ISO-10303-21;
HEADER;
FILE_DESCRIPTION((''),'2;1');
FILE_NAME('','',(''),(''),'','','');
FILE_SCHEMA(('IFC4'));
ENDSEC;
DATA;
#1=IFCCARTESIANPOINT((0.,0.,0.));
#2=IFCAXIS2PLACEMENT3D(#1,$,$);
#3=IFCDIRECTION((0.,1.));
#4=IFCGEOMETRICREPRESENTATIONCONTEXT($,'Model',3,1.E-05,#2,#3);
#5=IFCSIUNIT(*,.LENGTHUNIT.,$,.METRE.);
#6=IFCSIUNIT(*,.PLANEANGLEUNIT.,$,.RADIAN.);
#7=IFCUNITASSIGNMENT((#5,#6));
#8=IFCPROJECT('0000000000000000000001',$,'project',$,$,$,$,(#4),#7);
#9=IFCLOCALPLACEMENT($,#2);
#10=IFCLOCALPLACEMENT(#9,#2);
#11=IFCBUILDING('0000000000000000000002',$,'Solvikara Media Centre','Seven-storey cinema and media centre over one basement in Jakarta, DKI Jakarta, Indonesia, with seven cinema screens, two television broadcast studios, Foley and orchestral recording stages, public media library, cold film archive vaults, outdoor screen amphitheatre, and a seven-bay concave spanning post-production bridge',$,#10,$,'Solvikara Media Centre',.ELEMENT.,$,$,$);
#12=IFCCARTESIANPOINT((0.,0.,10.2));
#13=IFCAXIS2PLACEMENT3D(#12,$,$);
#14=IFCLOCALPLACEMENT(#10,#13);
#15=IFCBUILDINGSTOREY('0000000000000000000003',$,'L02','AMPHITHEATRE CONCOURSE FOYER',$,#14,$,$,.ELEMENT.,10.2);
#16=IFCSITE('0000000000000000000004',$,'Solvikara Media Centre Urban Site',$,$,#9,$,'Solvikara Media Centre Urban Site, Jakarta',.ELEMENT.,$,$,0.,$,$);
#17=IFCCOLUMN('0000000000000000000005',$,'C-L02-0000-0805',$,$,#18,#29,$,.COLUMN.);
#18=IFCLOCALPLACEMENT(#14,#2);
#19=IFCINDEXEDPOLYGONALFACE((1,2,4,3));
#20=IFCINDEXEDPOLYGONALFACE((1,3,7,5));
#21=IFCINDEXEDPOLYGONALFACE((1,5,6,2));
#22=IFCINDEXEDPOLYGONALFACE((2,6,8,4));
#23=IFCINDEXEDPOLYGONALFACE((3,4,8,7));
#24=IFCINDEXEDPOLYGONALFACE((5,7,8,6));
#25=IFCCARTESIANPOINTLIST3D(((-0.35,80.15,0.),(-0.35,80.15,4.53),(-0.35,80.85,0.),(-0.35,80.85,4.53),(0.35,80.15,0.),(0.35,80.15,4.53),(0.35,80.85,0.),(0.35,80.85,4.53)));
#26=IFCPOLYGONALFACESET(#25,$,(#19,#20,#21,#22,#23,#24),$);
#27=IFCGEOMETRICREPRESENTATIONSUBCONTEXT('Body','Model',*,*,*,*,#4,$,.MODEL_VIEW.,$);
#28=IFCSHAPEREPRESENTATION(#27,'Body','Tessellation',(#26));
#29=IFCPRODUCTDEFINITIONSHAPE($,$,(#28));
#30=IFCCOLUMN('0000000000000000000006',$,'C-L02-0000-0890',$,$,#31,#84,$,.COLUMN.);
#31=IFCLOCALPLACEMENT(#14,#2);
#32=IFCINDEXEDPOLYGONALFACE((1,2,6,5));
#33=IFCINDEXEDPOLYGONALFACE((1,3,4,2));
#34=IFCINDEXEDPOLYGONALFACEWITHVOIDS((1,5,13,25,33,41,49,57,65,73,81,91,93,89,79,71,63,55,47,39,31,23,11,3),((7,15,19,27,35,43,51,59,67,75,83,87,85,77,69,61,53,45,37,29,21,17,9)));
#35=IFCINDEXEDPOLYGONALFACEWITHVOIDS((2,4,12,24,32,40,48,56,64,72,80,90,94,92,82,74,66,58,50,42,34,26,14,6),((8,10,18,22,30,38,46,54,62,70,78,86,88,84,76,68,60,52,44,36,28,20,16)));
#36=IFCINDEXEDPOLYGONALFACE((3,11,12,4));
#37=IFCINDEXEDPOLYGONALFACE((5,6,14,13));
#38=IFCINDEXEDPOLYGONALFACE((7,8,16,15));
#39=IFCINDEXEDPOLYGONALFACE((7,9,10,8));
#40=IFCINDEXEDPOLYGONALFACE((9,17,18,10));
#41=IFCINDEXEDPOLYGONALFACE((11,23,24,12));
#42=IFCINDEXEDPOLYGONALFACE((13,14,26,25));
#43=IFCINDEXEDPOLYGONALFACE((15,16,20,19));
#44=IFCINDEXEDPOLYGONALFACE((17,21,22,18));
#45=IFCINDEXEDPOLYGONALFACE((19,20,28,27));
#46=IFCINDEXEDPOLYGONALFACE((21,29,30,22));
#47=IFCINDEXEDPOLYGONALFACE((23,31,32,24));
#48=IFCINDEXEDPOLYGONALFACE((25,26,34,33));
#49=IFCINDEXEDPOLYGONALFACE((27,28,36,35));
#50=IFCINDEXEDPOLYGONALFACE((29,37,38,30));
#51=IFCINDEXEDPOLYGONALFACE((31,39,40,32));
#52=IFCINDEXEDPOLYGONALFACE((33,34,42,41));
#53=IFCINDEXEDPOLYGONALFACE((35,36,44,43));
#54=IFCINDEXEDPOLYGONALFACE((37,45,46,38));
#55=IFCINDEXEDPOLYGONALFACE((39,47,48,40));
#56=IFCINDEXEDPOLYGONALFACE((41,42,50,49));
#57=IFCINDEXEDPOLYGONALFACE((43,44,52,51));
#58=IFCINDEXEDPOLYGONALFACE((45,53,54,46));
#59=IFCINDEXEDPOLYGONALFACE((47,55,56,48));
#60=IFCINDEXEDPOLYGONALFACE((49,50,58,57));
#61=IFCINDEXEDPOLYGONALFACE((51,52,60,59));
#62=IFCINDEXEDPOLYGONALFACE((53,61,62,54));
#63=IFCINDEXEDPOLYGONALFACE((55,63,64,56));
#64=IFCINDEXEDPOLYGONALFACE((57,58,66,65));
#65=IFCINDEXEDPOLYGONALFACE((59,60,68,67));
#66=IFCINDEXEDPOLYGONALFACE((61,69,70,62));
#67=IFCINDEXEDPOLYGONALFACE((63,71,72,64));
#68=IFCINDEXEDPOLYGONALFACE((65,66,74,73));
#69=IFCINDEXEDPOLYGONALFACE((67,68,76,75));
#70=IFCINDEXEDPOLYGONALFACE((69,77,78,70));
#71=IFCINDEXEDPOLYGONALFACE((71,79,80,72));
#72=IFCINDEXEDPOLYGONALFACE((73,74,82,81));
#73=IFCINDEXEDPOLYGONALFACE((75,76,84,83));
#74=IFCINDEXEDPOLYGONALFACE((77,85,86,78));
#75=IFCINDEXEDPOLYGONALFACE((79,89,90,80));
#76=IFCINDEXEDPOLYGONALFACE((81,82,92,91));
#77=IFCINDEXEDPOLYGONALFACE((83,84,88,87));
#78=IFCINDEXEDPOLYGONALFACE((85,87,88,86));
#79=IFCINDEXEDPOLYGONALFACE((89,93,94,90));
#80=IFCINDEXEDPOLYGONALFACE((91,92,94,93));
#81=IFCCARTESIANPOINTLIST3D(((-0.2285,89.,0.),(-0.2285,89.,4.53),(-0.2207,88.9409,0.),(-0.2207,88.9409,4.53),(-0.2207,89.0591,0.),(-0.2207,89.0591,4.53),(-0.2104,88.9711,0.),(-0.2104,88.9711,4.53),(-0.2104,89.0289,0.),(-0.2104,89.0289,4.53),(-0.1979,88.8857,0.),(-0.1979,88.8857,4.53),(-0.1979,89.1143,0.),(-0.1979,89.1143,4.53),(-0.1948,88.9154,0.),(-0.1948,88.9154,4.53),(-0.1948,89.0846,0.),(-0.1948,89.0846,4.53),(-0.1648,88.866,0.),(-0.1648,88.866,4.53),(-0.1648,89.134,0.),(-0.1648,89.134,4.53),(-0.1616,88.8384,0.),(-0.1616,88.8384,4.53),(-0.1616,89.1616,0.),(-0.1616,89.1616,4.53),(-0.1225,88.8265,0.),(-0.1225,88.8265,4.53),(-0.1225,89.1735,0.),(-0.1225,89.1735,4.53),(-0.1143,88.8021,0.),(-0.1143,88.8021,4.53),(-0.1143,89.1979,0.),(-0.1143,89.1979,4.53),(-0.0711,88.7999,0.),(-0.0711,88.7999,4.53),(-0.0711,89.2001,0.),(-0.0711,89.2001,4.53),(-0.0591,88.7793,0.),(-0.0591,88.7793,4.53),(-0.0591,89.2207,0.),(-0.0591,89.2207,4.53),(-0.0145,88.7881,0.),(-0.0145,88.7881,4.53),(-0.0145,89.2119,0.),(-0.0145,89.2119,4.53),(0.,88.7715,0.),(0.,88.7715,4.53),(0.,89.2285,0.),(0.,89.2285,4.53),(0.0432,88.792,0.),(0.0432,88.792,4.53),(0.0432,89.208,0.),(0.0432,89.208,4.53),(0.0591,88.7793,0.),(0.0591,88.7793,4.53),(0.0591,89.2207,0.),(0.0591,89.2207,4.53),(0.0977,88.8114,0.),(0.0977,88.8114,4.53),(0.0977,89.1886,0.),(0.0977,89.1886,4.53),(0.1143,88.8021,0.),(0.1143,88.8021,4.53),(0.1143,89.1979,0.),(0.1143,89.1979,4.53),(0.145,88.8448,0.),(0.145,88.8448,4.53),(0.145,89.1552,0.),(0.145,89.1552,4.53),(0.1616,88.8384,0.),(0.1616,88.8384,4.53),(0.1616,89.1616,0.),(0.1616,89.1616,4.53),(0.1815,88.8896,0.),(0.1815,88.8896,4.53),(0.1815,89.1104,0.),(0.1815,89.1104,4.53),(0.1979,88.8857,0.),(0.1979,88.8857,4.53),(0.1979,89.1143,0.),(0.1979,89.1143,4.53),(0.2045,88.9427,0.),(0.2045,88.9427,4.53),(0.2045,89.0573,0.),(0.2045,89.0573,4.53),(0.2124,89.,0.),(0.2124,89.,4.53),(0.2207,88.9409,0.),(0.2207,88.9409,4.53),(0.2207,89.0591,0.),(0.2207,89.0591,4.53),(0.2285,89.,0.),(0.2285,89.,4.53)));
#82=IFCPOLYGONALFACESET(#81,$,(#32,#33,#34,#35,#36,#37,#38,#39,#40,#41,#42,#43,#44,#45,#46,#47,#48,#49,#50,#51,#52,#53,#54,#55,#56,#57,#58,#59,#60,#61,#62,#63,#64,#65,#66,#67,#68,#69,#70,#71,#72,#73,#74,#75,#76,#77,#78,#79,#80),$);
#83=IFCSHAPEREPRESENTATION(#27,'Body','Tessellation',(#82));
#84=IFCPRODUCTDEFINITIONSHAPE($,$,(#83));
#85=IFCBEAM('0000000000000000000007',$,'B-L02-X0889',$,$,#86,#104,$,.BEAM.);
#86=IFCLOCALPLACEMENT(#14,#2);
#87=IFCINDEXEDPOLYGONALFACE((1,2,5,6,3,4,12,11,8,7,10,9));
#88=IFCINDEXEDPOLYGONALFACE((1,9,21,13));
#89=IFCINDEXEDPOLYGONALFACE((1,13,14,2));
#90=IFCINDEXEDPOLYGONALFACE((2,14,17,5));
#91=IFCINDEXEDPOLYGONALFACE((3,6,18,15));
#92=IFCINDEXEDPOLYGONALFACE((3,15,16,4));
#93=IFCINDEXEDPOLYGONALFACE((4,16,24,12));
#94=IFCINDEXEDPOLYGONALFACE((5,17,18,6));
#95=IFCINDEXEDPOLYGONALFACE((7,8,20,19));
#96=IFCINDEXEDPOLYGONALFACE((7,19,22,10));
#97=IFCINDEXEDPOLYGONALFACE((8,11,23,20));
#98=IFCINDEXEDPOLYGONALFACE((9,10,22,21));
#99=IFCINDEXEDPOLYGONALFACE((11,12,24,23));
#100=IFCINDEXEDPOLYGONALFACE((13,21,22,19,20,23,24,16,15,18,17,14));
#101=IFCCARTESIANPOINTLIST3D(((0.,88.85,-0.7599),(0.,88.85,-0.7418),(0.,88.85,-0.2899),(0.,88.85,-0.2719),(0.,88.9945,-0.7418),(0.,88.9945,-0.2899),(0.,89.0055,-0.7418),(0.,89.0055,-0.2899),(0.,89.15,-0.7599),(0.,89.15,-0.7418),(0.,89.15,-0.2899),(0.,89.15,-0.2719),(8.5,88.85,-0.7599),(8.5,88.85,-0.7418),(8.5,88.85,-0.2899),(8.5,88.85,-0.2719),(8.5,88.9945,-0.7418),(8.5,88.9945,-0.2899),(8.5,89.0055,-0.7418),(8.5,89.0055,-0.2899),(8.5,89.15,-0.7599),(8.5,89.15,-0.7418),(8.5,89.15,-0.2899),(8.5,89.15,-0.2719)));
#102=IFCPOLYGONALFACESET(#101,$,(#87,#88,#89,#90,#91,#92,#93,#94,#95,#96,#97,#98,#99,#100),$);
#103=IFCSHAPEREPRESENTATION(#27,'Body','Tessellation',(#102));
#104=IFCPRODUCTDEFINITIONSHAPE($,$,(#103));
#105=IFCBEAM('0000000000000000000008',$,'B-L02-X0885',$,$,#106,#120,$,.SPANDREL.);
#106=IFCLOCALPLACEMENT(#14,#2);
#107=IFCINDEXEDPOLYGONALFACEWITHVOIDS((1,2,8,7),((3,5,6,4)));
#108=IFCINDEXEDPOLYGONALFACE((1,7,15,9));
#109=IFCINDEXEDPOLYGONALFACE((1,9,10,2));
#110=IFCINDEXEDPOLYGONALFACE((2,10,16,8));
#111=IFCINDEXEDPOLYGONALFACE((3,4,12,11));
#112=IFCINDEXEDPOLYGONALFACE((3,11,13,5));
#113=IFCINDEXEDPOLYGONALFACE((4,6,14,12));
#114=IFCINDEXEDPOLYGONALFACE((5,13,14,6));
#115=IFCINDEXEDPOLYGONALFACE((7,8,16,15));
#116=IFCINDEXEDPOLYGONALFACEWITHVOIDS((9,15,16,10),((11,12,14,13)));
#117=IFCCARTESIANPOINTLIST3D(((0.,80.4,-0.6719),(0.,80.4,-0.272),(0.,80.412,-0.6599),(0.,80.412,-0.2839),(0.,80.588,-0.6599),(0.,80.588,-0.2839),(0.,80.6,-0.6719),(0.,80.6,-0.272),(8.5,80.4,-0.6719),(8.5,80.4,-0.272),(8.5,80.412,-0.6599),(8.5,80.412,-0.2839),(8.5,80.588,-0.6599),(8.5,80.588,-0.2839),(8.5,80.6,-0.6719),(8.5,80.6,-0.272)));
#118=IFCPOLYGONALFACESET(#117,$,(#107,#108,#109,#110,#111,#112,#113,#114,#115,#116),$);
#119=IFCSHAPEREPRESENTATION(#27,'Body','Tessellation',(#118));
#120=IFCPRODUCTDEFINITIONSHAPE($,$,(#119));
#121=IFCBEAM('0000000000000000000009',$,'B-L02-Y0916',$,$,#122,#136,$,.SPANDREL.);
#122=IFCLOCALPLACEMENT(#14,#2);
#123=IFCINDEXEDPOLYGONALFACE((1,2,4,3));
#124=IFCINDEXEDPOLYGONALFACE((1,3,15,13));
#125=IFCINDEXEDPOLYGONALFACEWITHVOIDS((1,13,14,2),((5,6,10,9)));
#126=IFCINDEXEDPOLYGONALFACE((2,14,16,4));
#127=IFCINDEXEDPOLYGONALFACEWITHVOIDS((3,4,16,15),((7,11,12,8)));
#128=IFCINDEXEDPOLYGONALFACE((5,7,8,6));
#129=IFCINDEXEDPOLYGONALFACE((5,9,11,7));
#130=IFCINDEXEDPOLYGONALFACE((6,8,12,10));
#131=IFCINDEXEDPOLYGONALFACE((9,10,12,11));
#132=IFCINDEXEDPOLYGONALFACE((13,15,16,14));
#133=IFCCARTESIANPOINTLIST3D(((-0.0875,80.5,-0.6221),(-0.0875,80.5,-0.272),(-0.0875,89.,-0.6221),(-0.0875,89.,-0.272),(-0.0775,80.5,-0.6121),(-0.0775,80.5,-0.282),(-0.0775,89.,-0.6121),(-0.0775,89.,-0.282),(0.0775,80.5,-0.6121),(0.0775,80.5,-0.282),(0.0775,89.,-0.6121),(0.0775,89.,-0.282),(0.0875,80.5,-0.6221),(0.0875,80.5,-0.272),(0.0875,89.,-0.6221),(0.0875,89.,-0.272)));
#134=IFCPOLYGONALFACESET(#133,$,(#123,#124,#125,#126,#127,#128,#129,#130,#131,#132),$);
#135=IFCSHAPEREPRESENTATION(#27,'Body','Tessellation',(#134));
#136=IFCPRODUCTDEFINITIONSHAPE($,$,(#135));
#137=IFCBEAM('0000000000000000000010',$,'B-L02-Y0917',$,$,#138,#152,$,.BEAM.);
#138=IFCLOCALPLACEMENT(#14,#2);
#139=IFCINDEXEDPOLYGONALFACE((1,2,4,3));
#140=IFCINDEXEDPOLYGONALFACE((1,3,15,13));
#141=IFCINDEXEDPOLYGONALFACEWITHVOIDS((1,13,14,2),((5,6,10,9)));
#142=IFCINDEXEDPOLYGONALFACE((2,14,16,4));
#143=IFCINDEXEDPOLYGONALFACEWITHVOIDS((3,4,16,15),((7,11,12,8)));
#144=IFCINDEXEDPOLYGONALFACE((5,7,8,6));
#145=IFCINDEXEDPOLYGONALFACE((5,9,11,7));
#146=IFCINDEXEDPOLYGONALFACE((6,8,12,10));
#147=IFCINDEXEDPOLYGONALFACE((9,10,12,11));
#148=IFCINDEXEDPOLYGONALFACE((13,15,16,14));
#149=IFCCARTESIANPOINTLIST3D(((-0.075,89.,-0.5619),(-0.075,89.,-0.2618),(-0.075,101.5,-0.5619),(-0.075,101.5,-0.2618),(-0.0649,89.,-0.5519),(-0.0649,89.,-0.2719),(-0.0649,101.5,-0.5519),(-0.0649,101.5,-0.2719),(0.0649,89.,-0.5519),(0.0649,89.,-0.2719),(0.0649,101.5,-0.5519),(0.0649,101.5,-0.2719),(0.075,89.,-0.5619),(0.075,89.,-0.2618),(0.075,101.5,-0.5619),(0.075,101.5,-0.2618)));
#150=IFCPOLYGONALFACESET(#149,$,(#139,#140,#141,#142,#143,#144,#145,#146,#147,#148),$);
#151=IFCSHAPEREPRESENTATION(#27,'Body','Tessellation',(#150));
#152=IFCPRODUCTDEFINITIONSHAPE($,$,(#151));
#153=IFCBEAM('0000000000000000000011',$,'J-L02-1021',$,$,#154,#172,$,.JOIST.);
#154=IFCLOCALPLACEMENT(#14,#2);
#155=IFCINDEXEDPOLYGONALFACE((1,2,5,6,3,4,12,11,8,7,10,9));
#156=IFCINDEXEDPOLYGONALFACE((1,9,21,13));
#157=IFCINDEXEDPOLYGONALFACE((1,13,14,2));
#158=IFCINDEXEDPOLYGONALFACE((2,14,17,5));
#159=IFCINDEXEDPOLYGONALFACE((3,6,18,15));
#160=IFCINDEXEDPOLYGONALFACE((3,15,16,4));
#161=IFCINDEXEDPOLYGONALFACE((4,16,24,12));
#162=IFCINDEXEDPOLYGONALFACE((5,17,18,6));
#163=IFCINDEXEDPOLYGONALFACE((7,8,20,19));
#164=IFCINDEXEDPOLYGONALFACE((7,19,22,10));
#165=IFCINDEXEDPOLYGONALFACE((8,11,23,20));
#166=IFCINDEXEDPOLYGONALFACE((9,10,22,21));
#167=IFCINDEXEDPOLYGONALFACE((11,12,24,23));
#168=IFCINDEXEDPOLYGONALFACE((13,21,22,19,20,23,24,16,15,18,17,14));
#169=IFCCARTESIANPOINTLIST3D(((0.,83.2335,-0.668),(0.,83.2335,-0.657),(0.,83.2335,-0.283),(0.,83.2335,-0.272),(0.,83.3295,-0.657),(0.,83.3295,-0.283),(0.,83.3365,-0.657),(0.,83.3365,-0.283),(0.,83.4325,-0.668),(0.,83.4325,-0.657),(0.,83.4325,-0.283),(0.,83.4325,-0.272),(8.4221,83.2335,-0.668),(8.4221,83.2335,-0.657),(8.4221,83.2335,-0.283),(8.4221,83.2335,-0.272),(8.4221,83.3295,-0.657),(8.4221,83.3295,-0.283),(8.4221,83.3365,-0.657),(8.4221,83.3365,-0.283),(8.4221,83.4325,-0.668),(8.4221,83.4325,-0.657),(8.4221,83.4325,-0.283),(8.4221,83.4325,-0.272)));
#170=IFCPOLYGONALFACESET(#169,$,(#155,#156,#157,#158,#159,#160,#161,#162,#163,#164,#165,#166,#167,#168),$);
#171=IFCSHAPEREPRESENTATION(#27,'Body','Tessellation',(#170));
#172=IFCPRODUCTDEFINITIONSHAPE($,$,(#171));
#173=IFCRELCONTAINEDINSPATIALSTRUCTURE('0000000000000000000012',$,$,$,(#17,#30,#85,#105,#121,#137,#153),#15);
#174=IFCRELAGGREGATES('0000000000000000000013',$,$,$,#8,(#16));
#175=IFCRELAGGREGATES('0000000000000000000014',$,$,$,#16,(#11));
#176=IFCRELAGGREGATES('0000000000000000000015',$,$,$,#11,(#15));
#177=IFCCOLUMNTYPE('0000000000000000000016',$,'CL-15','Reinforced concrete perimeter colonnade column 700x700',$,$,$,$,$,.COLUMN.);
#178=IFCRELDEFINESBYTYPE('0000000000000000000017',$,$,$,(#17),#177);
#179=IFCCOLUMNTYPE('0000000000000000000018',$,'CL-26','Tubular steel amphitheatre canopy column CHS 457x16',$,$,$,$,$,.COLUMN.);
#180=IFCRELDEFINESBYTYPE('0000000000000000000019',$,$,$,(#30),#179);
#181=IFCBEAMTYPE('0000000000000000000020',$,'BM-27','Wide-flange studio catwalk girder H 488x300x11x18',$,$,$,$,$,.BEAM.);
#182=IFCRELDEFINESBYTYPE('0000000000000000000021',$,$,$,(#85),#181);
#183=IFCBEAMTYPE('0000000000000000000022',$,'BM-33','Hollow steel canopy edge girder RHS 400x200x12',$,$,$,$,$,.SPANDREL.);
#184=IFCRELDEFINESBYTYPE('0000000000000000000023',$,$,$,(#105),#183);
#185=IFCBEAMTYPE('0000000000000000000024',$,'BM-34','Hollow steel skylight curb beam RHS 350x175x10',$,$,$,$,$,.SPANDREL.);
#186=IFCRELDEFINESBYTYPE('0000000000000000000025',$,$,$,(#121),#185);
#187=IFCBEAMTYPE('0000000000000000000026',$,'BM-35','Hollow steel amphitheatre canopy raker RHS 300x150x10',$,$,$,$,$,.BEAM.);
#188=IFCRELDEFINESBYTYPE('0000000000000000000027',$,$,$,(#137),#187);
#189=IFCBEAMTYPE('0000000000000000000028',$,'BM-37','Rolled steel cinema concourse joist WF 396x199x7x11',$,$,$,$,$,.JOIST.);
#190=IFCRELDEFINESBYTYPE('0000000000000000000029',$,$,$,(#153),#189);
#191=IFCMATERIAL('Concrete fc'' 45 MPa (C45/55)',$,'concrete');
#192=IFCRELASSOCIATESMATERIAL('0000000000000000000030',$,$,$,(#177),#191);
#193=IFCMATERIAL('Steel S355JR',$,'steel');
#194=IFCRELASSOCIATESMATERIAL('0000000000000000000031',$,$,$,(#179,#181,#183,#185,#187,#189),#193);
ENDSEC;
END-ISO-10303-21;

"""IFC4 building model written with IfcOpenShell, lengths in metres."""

from ifc_helpers import new_model, si_unit, direction, frame, origin, origin_2d, place, context, subcontext, project, spatial, rectangle, hollow_rectangle, hollow_circle, i_section, extrude, material, material_profile, profile_set, type_object, element, save


model = new_model("IFC4")

# Units and contexts
model_context = context("Model", 3, precision=1e-05, world=origin(), true_north=direction((0.0, 1.0)))
body_context = subcontext(model_context, "Body", "Model", "MODEL_VIEW")
ifc_project = project(units=[si_unit("LENGTHUNIT", "METRE"), si_unit("PLANEANGLEUNIT", "RADIAN")], contexts=[model_context])

# Site, building, storey
site_placement = place(None, origin())
site = spatial("IfcSite", under=ifc_project, at=site_placement, Name="Solvikara Media Centre Urban Site", LongName="Solvikara Media Centre Urban Site, Jakarta", CompositionType="ELEMENT", RefElevation=0.0)
building_placement = place(site_placement, origin())
building = spatial("IfcBuilding", under=site, at=building_placement, Name="Solvikara Media Centre", Description="Seven-storey cinema and media centre over one basement in Jakarta, DKI Jakarta, Indonesia, with seven cinema screens, two television broadcast studios, Foley and orchestral recording stages, public media library, cold film archive vaults, outdoor screen amphitheatre, and a seven-bay concave spanning post-production bridge", LongName="Solvikara Media Centre", CompositionType="ELEMENT")
storey_placement = place(building_placement, frame((0.0, 0.0, 10.2)))
storey = spatial("IfcBuildingStorey", under=building, at=storey_placement, Name="L02", Description="AMPHITHEATRE CONCOURSE FOYER", CompositionType="ELEMENT", Elevation=10.2)

# Columns
ifc_material_1 = material(Name="Concrete fc' 45 MPa (C45/55)", Category="concrete")
ifc_material_profile_1 = material_profile(ifc_material_1, rectangle(XDim=0.7, YDim=0.7, at=origin_2d()), Name="RC 700x700")
ifc_profile_set_1 = profile_set([ifc_material_profile_1], Name="Concrete fc' 45 MPa (C45/55)")
column_type_1 = type_object("IfcColumnType", Name="CL-15", Description="Reinforced concrete perimeter colonnade column 700x700", PredefinedType="COLUMN", material=ifc_profile_set_1)
column_1_placement = place(storey_placement, frame((0.0, 80.5, 0.0), z_axis=(0.0, 0.0, 1.0), x_axis=(1.0, 0.0, 0.0)))
element("IfcColumn", 1, at=column_1_placement, inside=storey, type_object=column_type_1, Name="C-L02-0000-0805", PredefinedType="COLUMN", context=body_context, shape_type="SweptSolid", body=[
    extrude(rectangle(XDim=0.7, YDim=0.7, at=origin_2d()), origin(), (0.0, 0.0, 1.0), 4.53),
])
ifc_material_2 = material(Name="Steel S355JR", Category="steel")
ifc_material_profile_2 = material_profile(ifc_material_2, hollow_circle(Radius=0.2285, WallThickness=0.0161, at=origin_2d()), Name="CHS 457x16")
ifc_profile_set_2 = profile_set([ifc_material_profile_2], Name="Steel S355JR")
column_type_2 = type_object("IfcColumnType", Name="CL-26", Description="Tubular steel amphitheatre canopy column CHS 457x16", PredefinedType="COLUMN", material=ifc_profile_set_2)
column_2_placement = place(storey_placement, frame((0.0, 89.0, 0.0), z_axis=(0.0, 0.0, 1.0), x_axis=(1.0, 0.0, 0.0)))
element("IfcColumn", 2, at=column_2_placement, inside=storey, type_object=column_type_2, Name="C-L02-0000-0890", PredefinedType="COLUMN", context=body_context, shape_type="SweptSolid", body=[
    extrude(hollow_circle(Radius=0.2285, WallThickness=0.0161, at=origin_2d()), origin(), (0.0, 0.0, 1.0), 4.53),
])

# Beams
ifc_material_profile_3 = material_profile(ifc_material_2, i_section(OverallWidth=0.3, OverallDepth=0.488, WebThickness=0.011, FlangeThickness=0.0181, at=origin_2d()), Name="H 488x300x11x18")
ifc_profile_set_3 = profile_set([ifc_material_profile_3], Name="Steel S355JR")
beam_type_1 = type_object("IfcBeamType", Name="BM-27", Description="Wide-flange studio catwalk girder H 488x300x11x18", PredefinedType="BEAM", material=ifc_profile_set_3)
beam_1_placement = place(storey_placement, frame((0.0, 89.0, -0.5159), z_axis=(1.0, 0.0, 0.0), x_axis=(0.0, 1.0, 0.0)))
element("IfcBeam", 3, at=beam_1_placement, inside=storey, type_object=beam_type_1, Name="B-L02-X0889", PredefinedType="BEAM", context=body_context, shape_type="SweptSolid", body=[
    extrude(i_section(OverallWidth=0.3, OverallDepth=0.488, WebThickness=0.011, FlangeThickness=0.0181, at=origin_2d()), origin(), (0.0, 0.0, 1.0), 8.5),
])
ifc_material_profile_4 = material_profile(ifc_material_2, hollow_rectangle(XDim=0.2, YDim=0.3999, WallThickness=0.012, at=origin_2d()), Name="RHS 400x200x12")
ifc_profile_set_4 = profile_set([ifc_material_profile_4], Name="Steel S355JR")
beam_type_2 = type_object("IfcBeamType", Name="BM-33", Description="Hollow steel canopy edge girder RHS 400x200x12", PredefinedType="SPANDREL", material=ifc_profile_set_4)
beam_2_placement = place(storey_placement, frame((0.0, 80.5, -0.4719), z_axis=(1.0, 0.0, 0.0), x_axis=(0.0, 1.0, 0.0)))
element("IfcBeam", 4, at=beam_2_placement, inside=storey, type_object=beam_type_2, Name="B-L02-X0885", PredefinedType="SPANDREL", context=body_context, shape_type="SweptSolid", body=[
    extrude(hollow_rectangle(XDim=0.2, YDim=0.3999, WallThickness=0.012, at=origin_2d()), origin(), (0.0, 0.0, 1.0), 8.5),
])
ifc_material_profile_5 = material_profile(ifc_material_2, hollow_rectangle(XDim=0.175, YDim=0.3501, WallThickness=0.01, at=origin_2d()), Name="RHS 350x175x10")
ifc_profile_set_5 = profile_set([ifc_material_profile_5], Name="Steel S355JR")
beam_type_3 = type_object("IfcBeamType", Name="BM-34", Description="Hollow steel skylight curb beam RHS 350x175x10", PredefinedType="SPANDREL", material=ifc_profile_set_5)
beam_3_placement = place(storey_placement, frame((0.0, 80.5, -0.447), z_axis=(0.0, 1.0, 0.0), x_axis=(-1.0, 0.0, 0.0)))
element("IfcBeam", 5, at=beam_3_placement, inside=storey, type_object=beam_type_3, Name="B-L02-Y0916", PredefinedType="SPANDREL", context=body_context, shape_type="SweptSolid", body=[
    extrude(hollow_rectangle(XDim=0.175, YDim=0.3501, WallThickness=0.01, at=origin_2d()), origin(), (0.0, 0.0, 1.0), 8.5),
])
ifc_material_profile_6 = material_profile(ifc_material_2, hollow_rectangle(XDim=0.1499, YDim=0.3, WallThickness=0.01, at=origin_2d()), Name="RHS 300x150x10")
ifc_profile_set_6 = profile_set([ifc_material_profile_6], Name="Steel S355JR")
beam_type_4 = type_object("IfcBeamType", Name="BM-35", Description="Hollow steel amphitheatre canopy raker RHS 300x150x10", PredefinedType="BEAM", material=ifc_profile_set_6)
beam_4_placement = place(storey_placement, frame((0.0, 89.0, -0.4119), z_axis=(0.0, 1.0, 0.0), x_axis=(-1.0, 0.0, 0.0)))
element("IfcBeam", 6, at=beam_4_placement, inside=storey, type_object=beam_type_4, Name="B-L02-Y0917", PredefinedType="BEAM", context=body_context, shape_type="SweptSolid", body=[
    extrude(hollow_rectangle(XDim=0.1499, YDim=0.3, WallThickness=0.01, at=origin_2d()), origin(), (0.0, 0.0, 1.0), 12.5),
])
ifc_material_profile_7 = material_profile(ifc_material_2, i_section(OverallWidth=0.199, OverallDepth=0.396, WebThickness=0.0071, FlangeThickness=0.011, at=origin_2d()), Name="WF 396x199x7x11")
ifc_profile_set_7 = profile_set([ifc_material_profile_7], Name="Steel S355JR")
beam_type_5 = type_object("IfcBeamType", Name="BM-37", Description="Rolled steel cinema concourse joist WF 396x199x7x11", PredefinedType="JOIST", material=ifc_profile_set_7)
beam_5_placement = place(storey_placement, frame((0.0, 83.333, -0.47), z_axis=(1.0, 0.0, 0.0), x_axis=(0.0, 1.0, 0.0)))
element("IfcBeam", 7, at=beam_5_placement, inside=storey, type_object=beam_type_5, Name="J-L02-1021", PredefinedType="JOIST", context=body_context, shape_type="SweptSolid", body=[
    extrude(i_section(OverallWidth=0.199, OverallDepth=0.396, WebThickness=0.0071, FlangeThickness=0.011, at=origin_2d()), origin(), (0.0, 0.0, 1.0), 8.4221),
])

save(model, "model.ifc")
